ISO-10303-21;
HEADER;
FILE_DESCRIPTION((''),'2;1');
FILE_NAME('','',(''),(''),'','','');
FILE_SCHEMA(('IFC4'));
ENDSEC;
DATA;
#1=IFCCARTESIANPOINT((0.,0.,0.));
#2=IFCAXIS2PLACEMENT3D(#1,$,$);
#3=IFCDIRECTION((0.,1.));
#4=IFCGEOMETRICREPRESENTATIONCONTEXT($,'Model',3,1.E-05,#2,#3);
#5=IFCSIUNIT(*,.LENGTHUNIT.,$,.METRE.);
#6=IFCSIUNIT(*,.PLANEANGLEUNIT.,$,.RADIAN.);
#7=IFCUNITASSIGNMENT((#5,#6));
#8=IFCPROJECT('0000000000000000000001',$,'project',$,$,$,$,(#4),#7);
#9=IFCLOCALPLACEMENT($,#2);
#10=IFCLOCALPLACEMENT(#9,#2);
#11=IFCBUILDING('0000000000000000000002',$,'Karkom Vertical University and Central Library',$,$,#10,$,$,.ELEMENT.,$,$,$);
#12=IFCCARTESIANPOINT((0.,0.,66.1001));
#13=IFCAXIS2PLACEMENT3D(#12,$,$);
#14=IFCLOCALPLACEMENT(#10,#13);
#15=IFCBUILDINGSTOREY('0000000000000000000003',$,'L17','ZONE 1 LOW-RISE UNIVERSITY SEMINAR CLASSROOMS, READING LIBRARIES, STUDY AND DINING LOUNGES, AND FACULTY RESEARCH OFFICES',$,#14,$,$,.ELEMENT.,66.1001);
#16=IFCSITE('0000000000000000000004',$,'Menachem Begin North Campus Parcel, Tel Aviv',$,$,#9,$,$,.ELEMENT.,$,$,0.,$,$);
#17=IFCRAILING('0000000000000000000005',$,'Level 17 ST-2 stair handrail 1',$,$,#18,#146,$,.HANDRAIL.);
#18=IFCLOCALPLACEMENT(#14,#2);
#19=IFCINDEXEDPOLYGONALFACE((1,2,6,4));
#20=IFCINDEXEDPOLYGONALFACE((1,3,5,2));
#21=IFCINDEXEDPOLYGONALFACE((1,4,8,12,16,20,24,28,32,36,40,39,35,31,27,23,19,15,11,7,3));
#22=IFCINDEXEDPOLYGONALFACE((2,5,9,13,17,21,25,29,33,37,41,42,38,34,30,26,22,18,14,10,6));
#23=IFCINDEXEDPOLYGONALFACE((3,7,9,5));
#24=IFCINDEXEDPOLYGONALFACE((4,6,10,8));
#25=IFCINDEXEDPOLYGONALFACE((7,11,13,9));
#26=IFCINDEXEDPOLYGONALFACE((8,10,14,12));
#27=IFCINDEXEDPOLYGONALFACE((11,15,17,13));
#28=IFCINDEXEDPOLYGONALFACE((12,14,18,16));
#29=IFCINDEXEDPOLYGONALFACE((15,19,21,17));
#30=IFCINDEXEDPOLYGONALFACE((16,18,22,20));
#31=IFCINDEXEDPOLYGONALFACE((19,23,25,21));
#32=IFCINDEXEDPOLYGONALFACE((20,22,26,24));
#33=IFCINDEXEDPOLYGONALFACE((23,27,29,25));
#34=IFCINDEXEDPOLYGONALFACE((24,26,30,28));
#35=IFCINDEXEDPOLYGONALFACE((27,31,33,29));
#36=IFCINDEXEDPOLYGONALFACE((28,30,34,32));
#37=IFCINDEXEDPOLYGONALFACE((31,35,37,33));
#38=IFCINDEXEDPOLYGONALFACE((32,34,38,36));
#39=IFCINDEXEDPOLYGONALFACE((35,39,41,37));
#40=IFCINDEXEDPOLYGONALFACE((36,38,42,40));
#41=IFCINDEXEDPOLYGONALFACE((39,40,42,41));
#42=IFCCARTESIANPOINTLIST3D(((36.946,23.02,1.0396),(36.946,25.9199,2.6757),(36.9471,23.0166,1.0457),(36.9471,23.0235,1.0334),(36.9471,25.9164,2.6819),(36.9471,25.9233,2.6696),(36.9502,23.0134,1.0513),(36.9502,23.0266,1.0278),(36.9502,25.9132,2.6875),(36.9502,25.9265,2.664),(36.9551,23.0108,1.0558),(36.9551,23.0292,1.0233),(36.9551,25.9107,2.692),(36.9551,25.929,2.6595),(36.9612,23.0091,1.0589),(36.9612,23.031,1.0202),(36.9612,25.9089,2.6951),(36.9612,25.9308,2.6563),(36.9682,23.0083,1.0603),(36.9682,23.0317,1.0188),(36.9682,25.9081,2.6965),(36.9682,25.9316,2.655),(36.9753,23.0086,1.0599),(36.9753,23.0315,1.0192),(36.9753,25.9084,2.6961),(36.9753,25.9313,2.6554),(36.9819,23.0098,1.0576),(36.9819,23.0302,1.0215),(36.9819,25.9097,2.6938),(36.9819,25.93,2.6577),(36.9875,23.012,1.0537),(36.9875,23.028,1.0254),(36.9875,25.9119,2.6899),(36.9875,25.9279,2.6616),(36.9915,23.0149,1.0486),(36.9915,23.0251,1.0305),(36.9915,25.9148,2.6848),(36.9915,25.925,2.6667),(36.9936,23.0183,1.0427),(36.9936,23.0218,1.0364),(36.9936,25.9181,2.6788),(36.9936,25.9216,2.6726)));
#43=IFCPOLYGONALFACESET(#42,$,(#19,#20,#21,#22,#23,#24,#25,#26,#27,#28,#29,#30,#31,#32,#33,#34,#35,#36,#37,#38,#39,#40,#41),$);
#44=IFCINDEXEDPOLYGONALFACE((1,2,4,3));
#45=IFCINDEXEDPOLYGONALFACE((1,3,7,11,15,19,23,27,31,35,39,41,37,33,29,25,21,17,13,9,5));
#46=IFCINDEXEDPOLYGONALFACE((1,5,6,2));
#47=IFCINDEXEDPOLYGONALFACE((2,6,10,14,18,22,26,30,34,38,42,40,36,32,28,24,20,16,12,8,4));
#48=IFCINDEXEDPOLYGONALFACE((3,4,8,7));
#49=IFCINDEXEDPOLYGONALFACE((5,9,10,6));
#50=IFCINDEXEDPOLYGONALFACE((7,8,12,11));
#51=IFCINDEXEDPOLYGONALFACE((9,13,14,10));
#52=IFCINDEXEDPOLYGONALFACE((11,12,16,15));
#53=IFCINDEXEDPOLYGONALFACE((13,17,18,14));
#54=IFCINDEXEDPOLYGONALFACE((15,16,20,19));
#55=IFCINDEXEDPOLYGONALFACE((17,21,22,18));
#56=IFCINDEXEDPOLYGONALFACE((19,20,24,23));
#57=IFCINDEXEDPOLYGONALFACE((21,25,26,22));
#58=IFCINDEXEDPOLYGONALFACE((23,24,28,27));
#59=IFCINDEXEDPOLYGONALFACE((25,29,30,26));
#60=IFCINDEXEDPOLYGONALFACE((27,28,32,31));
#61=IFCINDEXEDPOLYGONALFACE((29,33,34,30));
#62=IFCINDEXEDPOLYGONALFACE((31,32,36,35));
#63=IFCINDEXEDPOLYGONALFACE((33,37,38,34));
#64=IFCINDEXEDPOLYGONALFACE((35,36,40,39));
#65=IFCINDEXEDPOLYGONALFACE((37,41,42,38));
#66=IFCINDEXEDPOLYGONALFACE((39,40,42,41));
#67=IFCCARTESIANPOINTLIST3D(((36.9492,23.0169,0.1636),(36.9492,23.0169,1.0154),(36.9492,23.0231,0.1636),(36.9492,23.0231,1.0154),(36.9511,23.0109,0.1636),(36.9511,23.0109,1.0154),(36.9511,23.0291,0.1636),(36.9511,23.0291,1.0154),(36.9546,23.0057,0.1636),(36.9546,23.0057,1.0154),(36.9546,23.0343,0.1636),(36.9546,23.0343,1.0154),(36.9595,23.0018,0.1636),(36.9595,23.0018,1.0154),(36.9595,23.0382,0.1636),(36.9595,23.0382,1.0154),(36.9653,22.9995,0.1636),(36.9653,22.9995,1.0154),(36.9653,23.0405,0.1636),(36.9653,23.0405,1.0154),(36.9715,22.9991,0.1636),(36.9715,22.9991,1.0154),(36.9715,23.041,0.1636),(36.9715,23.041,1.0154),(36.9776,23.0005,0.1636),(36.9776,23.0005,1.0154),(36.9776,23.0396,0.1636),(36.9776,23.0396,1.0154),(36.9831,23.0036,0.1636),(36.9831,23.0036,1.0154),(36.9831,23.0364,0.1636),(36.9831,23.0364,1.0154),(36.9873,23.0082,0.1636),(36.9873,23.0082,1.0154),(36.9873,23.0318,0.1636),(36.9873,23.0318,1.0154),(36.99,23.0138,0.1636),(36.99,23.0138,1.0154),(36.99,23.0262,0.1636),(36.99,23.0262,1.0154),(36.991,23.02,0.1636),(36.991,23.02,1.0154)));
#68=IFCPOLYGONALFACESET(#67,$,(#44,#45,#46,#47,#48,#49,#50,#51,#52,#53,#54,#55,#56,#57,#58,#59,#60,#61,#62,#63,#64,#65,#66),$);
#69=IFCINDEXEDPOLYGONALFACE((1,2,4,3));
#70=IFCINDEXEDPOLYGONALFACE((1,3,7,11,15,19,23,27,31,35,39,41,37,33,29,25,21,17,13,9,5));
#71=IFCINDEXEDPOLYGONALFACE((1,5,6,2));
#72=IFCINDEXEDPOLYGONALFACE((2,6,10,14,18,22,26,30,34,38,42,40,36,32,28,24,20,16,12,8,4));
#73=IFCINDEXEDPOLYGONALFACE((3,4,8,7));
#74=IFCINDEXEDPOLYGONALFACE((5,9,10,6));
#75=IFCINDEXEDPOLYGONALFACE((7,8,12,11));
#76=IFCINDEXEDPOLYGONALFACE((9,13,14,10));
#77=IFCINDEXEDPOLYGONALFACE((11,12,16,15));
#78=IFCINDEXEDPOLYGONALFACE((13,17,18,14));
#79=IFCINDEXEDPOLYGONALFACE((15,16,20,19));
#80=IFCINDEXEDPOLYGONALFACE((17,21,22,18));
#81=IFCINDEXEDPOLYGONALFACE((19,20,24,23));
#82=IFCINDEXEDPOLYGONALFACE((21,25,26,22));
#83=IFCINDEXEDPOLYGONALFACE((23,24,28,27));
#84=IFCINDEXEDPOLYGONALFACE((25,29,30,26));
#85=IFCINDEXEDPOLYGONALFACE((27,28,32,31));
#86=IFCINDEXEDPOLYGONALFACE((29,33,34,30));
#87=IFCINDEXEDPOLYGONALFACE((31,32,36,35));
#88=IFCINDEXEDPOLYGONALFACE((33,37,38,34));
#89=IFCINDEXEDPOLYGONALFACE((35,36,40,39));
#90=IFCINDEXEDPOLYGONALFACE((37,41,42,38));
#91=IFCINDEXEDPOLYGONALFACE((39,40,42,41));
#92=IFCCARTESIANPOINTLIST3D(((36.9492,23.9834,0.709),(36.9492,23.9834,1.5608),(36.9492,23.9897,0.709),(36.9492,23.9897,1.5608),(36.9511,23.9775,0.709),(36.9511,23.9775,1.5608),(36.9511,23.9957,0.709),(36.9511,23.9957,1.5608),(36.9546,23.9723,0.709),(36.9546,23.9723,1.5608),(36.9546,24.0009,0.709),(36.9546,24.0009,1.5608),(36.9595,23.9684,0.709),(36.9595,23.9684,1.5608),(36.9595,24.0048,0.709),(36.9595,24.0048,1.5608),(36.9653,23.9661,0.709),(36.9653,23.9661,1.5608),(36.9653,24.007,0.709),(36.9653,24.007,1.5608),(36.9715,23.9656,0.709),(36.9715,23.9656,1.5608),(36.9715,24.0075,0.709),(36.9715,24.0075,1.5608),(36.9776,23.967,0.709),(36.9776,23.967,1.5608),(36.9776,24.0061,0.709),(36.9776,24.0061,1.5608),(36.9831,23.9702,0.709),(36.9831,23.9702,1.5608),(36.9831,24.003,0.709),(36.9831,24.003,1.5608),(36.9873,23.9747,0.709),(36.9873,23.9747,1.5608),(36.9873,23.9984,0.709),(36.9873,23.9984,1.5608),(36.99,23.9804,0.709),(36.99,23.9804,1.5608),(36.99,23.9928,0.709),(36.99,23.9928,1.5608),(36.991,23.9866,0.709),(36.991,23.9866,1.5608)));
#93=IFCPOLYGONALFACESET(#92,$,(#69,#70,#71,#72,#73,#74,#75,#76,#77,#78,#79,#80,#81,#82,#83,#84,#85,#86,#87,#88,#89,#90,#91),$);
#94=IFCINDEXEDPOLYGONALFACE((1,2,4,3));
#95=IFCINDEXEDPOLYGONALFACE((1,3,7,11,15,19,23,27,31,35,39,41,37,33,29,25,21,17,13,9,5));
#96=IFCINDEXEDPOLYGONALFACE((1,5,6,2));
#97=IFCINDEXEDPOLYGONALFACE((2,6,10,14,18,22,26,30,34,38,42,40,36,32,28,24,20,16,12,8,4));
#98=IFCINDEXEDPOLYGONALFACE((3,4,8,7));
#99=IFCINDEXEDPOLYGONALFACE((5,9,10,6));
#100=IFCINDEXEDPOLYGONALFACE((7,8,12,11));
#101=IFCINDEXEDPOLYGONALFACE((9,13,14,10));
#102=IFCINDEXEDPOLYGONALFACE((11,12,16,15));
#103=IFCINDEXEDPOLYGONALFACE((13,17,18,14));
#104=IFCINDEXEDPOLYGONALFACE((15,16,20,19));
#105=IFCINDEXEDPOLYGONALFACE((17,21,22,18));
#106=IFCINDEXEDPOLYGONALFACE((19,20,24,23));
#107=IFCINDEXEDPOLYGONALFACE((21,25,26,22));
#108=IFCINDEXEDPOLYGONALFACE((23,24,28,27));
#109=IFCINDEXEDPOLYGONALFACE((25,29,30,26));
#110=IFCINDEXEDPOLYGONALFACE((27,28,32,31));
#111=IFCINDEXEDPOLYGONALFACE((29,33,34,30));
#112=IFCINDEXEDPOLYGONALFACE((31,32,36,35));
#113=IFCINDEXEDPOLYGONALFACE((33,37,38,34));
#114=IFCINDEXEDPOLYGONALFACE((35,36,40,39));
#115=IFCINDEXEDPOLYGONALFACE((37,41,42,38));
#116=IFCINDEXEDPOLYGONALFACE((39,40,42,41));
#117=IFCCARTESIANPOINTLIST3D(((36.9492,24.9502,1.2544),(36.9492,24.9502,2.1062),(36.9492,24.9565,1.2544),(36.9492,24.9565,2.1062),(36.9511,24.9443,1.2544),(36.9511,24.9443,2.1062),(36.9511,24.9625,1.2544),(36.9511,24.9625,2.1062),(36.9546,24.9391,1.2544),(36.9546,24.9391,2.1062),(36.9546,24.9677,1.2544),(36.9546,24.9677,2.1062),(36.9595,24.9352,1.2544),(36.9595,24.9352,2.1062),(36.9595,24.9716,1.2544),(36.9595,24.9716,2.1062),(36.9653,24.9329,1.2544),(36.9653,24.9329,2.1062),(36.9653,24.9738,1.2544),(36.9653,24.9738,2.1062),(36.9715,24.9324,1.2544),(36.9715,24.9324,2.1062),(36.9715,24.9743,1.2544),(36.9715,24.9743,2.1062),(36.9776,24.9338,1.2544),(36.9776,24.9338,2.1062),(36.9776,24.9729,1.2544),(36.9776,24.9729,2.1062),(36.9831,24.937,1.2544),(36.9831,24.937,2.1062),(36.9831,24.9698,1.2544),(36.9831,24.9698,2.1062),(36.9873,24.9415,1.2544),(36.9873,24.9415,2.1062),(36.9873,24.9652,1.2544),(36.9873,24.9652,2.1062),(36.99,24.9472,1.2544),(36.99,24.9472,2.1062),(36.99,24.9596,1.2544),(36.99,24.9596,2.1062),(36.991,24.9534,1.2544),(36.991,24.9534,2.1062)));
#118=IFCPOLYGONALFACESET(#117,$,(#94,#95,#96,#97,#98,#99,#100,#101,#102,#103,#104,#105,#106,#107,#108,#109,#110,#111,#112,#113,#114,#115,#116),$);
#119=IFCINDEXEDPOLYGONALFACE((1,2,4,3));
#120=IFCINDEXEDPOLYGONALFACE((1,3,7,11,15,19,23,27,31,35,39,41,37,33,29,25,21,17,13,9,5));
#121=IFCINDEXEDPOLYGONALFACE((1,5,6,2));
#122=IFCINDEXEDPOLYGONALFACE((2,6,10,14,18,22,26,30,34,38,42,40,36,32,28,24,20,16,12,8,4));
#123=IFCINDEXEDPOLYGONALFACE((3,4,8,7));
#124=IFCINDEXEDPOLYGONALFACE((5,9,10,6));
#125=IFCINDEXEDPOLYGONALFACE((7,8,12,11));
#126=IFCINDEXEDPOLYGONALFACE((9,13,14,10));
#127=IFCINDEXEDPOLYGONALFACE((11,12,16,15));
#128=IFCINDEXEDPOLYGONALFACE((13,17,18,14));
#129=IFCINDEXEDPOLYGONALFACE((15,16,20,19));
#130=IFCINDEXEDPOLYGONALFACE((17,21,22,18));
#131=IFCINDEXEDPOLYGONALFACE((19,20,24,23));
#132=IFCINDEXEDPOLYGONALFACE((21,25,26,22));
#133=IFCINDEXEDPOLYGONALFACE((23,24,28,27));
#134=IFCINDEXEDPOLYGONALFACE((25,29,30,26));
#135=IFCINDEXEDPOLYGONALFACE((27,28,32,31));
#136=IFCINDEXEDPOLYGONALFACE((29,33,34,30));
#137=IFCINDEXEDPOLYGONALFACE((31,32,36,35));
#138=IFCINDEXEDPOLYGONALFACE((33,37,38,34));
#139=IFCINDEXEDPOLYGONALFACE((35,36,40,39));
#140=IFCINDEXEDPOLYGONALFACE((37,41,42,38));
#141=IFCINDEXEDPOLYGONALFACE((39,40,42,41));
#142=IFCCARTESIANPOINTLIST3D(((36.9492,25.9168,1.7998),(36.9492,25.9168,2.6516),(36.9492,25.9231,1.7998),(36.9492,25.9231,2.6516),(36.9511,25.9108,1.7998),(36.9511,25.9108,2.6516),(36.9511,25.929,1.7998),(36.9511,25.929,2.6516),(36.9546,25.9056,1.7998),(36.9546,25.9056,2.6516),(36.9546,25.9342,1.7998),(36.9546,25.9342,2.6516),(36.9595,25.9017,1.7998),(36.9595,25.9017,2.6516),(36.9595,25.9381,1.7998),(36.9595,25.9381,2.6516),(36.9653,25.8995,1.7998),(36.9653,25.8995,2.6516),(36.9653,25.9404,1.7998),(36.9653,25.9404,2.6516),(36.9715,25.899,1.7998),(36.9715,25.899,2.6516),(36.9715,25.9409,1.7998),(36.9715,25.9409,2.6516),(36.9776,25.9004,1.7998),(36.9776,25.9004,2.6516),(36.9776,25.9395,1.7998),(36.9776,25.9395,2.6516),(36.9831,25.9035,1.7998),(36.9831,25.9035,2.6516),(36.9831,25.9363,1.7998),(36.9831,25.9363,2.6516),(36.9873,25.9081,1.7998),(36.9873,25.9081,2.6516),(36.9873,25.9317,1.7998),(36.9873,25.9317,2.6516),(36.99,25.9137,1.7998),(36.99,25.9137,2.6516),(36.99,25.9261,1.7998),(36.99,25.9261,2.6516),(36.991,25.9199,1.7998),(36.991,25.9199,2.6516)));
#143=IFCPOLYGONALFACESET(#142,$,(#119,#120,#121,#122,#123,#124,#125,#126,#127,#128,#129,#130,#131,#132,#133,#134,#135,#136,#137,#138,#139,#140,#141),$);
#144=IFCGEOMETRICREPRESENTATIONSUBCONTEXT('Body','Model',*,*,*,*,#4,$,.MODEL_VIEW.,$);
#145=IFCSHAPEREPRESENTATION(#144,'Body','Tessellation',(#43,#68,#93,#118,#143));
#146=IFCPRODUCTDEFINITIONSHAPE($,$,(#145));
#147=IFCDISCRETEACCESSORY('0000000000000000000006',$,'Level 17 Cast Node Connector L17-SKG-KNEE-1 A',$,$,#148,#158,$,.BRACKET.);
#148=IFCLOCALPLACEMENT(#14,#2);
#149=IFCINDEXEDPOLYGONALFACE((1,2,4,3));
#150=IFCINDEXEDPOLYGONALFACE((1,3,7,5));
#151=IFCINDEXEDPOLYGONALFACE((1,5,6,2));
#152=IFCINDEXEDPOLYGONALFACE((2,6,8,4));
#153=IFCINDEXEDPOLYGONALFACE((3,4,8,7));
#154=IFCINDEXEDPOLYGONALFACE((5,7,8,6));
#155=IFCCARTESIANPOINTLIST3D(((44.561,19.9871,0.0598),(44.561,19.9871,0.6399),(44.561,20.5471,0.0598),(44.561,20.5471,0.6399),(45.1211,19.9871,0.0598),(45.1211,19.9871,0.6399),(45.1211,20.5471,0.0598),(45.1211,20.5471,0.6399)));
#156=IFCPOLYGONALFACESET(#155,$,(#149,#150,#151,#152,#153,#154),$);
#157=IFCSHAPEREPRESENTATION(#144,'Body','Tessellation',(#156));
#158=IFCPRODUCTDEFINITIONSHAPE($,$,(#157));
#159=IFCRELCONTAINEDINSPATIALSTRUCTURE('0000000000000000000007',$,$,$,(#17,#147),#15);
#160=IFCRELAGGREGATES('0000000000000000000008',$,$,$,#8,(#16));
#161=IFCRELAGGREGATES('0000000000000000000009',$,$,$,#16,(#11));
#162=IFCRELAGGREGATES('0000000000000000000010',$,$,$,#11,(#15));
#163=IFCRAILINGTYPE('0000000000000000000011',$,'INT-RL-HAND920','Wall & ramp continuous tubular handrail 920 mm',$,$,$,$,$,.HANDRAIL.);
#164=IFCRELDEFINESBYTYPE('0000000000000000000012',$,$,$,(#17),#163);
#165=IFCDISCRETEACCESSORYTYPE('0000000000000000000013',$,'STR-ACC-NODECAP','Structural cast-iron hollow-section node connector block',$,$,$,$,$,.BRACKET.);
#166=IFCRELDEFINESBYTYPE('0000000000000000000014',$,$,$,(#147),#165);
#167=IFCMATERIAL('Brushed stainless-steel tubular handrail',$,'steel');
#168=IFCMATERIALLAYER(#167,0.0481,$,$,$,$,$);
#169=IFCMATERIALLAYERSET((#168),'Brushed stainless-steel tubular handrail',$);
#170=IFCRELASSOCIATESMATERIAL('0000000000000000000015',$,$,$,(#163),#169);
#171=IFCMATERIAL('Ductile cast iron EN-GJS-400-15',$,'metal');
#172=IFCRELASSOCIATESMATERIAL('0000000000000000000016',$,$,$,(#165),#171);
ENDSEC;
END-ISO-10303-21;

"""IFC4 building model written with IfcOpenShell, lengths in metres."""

from ifc_helpers import new_model, si_unit, direction, frame, origin, origin_with_axes, origin_2d, place, context, subcontext, project, spatial, rectangle, circle, extrude, source, transform, mapped, material, layer, layer_set, type_object, element, save


model = new_model("IFC4")

# Units and contexts
model_context = context("Model", 3, precision=1e-05, world=origin(), true_north=direction((0.0, 1.0)))
body_context = subcontext(model_context, "Body", "Model", "MODEL_VIEW")
ifc_project = project(units=[si_unit("LENGTHUNIT", "METRE"), si_unit("PLANEANGLEUNIT", "RADIAN")], contexts=[model_context])

# Site, building, storey
site_placement = place(None, origin())
site = spatial("IfcSite", under=ifc_project, at=site_placement, Name="Menachem Begin North Campus Parcel, Tel Aviv", CompositionType="ELEMENT", RefElevation=0.0)
building_placement = place(site_placement, origin())
building = spatial("IfcBuilding", under=site, at=building_placement, Name="Karkom Vertical University and Central Library", CompositionType="ELEMENT")
storey_placement = place(building_placement, frame((0.0, 0.0, 66.1001)))
storey = spatial("IfcBuildingStorey", under=building, at=storey_placement, Name="L17", Description="ZONE 1 LOW-RISE UNIVERSITY SEMINAR CLASSROOMS, READING LIBRARIES, STUDY AND DINING LOUNGES, AND FACULTY RESEARCH OFFICES", CompositionType="ELEMENT", Elevation=66.1001)

# Railing
ifc_material_1 = material(Name="Brushed stainless-steel tubular handrail", Category="steel")
ifc_layer_1 = layer(ifc_material_1, 0.0481)
ifc_layer_set_1 = layer_set([ifc_layer_1], Name="Brushed stainless-steel tubular handrail")
railing_type_1 = type_object("IfcRailingType", Name="INT-RL-HAND920", Description="Wall & ramp continuous tubular handrail 920 mm", PredefinedType="HANDRAIL", material=ifc_layer_set_1)
railing_1_placement = place(storey_placement, frame((36.97, 23.02, 0.1636)))
element("IfcRailing", 1, at=railing_1_placement, inside=storey, type_object=railing_type_1, Name="Level 17 ST-2 stair handrail 1", PredefinedType="HANDRAIL", context=body_context, shape_type="SweptSolid", body=[
    extrude(circle(Radius=0.0239, at=origin_2d()), frame((0.0, 0.0, 0.876), z_axis=(0.0, 0.870929, 0.49141), x_axis=(-1.0, 0.0, 0.0)), (0.0, 0.0, 1.0), 3.3296),
    extrude(circle(Radius=0.021, at=origin_2d()), origin(), (0.0, 0.0, 1.0), 0.8518),
    extrude(circle(Radius=0.021, at=origin_2d()), frame((0.0, 0.9666, 0.5454)), (0.0, 0.0, 1.0), 0.8518),
    extrude(circle(Radius=0.021, at=origin_2d()), frame((0.0, 1.9333, 1.0908)), (0.0, 0.0, 1.0), 0.8518),
    extrude(circle(Radius=0.021, at=origin_2d()), frame((0.0, 2.8999, 1.6362)), (0.0, 0.0, 1.0), 0.8518),
])

# Discrete accessory
ifc_material_2 = material(Name="Ductile cast iron EN-GJS-400-15", Category="metal")
discrete_accessory_type = type_object("IfcDiscreteAccessoryType", Name="STR-ACC-NODECAP", Description="Structural cast-iron hollow-section node connector block", PredefinedType="BRACKET", material=ifc_material_2)
shared_shape_1 = source(origin_with_axes(), body_context, "Body", "SweptSolid", [
    extrude(rectangle(XDim=0.5601, YDim=0.5601, at=origin_2d()), origin(), (0.0, 0.0, 1.0), 0.5801),
])
discrete_accessory_placement = place(storey_placement, frame((44.8411, 20.2671, 0.0598), z_axis=(0.0, 0.0, 1.0), x_axis=(1.0, 0.0, 0.0)))
element("IfcDiscreteAccessory", 2, at=discrete_accessory_placement, inside=storey, type_object=discrete_accessory_type, Name="Level 17 Cast Node Connector L17-SKG-KNEE-1 A", PredefinedType="BRACKET", context=body_context, shape_type="MappedRepresentation", body=[
    mapped(shared_shape_1, transform((0.0, 0.0, 0.0), scale=1.0)),
])

save(model, "model.ifc")
